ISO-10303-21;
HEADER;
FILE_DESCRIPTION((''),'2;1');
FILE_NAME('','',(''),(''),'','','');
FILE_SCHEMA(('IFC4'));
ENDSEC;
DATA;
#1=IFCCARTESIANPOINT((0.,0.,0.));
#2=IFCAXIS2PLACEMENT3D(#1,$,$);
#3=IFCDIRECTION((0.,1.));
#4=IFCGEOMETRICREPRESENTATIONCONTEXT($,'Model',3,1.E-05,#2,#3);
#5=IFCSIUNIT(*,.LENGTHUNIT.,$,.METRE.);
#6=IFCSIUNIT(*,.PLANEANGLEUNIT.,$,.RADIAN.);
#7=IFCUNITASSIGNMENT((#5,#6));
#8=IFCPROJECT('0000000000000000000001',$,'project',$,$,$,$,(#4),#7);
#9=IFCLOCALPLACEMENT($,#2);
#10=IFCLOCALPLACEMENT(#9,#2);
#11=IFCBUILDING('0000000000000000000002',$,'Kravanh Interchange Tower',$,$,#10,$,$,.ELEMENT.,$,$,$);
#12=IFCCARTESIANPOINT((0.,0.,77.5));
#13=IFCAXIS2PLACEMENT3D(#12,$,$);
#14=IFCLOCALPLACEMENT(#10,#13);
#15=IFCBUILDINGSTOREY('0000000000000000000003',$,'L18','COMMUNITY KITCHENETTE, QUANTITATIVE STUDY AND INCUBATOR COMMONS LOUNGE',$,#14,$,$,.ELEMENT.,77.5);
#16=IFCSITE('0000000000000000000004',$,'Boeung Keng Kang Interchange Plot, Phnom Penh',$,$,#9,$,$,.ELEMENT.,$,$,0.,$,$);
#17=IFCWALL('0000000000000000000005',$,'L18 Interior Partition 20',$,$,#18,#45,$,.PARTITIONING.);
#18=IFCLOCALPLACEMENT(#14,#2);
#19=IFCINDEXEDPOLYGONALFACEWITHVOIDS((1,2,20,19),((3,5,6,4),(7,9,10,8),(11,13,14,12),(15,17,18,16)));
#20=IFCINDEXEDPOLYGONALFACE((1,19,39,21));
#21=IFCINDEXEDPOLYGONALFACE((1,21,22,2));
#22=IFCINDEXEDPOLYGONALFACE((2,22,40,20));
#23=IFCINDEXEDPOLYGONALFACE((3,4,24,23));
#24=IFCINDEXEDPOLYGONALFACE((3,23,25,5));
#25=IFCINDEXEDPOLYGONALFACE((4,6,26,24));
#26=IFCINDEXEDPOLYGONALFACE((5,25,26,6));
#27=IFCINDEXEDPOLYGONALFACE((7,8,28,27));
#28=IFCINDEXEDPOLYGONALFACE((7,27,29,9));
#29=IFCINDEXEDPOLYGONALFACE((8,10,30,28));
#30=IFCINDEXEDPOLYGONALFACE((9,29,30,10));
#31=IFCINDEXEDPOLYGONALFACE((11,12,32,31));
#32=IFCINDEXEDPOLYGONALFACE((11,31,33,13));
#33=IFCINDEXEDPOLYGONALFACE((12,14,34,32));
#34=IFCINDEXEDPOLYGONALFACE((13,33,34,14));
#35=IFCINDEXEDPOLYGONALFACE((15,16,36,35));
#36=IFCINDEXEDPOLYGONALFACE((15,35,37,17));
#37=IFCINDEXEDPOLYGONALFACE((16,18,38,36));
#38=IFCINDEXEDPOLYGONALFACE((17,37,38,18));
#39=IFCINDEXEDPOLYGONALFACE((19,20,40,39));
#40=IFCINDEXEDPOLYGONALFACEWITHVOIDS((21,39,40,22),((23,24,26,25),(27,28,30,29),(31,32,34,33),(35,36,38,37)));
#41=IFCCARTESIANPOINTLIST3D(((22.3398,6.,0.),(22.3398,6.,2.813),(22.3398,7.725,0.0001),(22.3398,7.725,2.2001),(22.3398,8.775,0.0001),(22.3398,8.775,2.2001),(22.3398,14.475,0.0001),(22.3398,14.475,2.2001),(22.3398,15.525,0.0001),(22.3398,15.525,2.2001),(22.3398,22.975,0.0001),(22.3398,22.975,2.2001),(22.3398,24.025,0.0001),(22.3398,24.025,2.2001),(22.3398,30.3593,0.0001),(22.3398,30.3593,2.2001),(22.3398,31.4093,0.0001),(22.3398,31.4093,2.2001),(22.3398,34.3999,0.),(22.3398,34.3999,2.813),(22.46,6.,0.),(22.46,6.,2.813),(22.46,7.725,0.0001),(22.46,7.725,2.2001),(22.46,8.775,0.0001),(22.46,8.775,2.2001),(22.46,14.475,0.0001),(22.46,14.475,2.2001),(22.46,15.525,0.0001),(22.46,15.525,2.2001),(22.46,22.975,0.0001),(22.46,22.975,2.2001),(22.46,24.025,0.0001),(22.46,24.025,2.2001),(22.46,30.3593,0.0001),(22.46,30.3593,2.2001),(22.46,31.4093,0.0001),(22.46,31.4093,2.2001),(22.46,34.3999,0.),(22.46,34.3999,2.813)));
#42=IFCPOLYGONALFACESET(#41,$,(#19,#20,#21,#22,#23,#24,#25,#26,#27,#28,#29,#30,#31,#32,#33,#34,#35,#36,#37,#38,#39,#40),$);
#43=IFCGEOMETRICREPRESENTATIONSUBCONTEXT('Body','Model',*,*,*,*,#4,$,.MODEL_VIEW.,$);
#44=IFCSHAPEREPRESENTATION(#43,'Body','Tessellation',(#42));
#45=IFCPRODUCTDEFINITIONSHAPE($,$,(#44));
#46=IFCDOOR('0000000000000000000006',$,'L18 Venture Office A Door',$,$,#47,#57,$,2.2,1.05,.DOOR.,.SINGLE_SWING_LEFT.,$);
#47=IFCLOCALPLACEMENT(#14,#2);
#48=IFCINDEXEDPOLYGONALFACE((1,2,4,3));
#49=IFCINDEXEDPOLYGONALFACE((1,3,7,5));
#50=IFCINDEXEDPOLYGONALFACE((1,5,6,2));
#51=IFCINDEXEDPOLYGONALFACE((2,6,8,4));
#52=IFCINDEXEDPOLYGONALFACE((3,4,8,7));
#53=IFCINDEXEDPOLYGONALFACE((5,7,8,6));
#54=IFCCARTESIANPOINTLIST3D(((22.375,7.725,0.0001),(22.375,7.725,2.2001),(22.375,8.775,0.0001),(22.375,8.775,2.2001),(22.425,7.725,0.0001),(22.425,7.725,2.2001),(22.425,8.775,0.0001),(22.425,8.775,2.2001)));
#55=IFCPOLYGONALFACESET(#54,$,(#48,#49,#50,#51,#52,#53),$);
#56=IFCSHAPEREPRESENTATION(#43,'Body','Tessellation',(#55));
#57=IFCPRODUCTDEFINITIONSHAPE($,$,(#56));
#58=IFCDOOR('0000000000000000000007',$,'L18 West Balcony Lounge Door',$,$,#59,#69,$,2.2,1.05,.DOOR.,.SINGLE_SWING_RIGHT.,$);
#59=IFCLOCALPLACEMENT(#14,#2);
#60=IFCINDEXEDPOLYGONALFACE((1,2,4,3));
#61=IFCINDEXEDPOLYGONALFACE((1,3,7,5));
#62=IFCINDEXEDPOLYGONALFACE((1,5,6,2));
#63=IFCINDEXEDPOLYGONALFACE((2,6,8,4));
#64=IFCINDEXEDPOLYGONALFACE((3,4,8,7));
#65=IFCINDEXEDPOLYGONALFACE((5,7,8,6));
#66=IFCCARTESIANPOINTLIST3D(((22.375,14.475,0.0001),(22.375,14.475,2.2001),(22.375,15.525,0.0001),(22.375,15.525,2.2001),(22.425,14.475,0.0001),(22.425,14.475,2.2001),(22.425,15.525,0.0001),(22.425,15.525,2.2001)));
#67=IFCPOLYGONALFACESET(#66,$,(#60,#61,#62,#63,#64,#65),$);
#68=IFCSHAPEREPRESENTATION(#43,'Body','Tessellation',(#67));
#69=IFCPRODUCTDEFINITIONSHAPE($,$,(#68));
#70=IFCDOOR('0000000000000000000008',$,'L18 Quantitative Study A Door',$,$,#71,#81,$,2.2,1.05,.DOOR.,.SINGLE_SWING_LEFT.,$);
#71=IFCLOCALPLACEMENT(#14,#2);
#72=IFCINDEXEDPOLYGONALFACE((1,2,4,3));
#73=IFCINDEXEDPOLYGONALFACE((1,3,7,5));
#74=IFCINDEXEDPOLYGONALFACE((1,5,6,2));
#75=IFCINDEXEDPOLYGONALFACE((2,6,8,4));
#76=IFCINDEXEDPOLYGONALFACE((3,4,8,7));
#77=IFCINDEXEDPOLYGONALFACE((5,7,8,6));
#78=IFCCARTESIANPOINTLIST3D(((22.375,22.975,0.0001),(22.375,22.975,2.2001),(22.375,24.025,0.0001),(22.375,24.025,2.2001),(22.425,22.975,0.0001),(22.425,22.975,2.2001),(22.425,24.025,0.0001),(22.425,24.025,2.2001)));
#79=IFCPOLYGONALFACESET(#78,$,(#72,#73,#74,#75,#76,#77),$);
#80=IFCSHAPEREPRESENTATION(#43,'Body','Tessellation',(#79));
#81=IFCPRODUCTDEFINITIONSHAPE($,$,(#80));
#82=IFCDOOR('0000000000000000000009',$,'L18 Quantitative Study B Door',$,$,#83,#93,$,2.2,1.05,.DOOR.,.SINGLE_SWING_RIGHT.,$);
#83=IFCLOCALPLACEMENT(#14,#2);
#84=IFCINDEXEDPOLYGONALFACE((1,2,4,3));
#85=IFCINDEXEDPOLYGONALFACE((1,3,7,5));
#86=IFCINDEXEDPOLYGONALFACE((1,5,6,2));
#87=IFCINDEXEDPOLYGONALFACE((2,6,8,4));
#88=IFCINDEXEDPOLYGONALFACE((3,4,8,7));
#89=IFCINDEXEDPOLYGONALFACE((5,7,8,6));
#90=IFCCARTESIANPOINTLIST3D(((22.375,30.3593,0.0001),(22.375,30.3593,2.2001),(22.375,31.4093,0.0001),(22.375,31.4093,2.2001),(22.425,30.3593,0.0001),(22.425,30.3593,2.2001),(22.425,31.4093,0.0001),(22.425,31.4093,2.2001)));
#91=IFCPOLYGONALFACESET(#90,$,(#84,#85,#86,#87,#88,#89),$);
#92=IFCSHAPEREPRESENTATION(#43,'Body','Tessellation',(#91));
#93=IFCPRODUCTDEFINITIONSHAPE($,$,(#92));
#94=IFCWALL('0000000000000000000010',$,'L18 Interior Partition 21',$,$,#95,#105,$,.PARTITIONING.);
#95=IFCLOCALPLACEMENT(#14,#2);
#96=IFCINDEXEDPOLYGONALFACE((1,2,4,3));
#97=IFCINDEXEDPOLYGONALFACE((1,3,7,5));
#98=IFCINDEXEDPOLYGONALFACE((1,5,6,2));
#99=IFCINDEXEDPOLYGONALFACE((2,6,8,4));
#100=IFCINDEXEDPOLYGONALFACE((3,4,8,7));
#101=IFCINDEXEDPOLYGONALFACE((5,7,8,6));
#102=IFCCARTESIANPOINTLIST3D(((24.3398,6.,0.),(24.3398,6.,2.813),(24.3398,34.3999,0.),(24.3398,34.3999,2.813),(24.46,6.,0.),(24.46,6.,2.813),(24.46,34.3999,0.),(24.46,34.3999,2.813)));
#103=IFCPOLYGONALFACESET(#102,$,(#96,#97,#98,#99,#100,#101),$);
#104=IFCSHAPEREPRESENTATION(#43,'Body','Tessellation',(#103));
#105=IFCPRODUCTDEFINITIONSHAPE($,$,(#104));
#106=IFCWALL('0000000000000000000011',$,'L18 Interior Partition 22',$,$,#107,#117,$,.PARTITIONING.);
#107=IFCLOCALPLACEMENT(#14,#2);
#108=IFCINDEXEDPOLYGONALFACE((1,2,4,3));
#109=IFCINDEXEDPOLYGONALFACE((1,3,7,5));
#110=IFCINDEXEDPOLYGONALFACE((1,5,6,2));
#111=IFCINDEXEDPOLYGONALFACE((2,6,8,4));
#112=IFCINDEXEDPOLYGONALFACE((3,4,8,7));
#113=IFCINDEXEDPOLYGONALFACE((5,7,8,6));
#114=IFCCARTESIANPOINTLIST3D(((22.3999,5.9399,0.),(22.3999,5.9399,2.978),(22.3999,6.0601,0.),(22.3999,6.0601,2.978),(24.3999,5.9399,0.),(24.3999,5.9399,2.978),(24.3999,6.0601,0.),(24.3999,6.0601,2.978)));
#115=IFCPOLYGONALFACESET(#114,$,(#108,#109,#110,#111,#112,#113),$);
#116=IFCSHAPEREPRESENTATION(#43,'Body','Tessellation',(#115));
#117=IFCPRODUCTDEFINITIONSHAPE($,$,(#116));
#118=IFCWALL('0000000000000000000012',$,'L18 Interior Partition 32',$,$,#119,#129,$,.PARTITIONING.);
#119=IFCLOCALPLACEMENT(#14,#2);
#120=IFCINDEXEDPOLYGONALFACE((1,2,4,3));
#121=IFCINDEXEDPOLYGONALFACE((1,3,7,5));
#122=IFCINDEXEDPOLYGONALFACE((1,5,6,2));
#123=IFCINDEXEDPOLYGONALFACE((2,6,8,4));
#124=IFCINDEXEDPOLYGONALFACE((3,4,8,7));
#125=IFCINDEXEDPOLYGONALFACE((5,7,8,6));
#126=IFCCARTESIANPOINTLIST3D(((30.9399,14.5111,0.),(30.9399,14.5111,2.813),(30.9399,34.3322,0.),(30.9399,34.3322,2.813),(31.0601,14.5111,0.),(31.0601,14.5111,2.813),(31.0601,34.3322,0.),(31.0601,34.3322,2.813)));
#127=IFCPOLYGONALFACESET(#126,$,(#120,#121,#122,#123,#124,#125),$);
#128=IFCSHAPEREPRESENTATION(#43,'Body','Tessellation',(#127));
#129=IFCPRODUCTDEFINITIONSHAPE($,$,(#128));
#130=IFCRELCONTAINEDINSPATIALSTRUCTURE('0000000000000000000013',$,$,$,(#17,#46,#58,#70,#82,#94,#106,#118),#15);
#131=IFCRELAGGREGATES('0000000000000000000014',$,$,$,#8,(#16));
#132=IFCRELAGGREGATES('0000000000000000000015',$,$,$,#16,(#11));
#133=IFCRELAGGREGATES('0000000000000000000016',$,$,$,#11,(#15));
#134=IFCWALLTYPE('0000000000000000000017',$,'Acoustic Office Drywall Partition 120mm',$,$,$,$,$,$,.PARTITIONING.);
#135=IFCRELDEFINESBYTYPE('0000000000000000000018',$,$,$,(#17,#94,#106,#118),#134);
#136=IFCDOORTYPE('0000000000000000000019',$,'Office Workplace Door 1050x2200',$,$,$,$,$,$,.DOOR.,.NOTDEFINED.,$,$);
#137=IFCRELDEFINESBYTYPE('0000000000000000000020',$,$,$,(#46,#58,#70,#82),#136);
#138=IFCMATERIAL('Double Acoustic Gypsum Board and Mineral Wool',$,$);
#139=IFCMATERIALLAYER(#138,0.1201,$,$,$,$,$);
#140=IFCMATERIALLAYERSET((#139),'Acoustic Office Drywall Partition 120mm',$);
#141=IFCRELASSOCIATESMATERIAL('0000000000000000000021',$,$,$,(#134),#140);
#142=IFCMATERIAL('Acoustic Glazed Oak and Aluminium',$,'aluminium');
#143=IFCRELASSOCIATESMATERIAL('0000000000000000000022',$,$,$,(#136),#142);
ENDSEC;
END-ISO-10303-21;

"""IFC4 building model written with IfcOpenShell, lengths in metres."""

from ifc_helpers import new_model, si_unit, direction, frame, frame_2d, origin, place, context, subcontext, project, spatial, rectangle, extrude, material, layer, layer_set, type_object, element, fill, save


model = new_model("IFC4")

# Units and contexts
model_context = context("Model", 3, precision=1e-05, world=origin(), true_north=direction((0.0, 1.0)))
body_context = subcontext(model_context, "Body", "Model", "MODEL_VIEW")
ifc_project = project(units=[si_unit("LENGTHUNIT", "METRE"), si_unit("PLANEANGLEUNIT", "RADIAN")], contexts=[model_context])

# Site, building, storey
site_placement = place(None, origin())
site = spatial("IfcSite", under=ifc_project, at=site_placement, Name="Boeung Keng Kang Interchange Plot, Phnom Penh", CompositionType="ELEMENT", RefElevation=0.0)
building_placement = place(site_placement, origin())
building = spatial("IfcBuilding", under=site, at=building_placement, Name="Kravanh Interchange Tower", CompositionType="ELEMENT")
storey_placement = place(building_placement, frame((0.0, 0.0, 77.5)))
storey = spatial("IfcBuildingStorey", under=building, at=storey_placement, Name="L18", Description="COMMUNITY KITCHENETTE, QUANTITATIVE STUDY AND INCUBATOR COMMONS LOUNGE", CompositionType="ELEMENT", Elevation=77.5)

# Wall, openings, doors
ifc_material_1 = material(Name="Double Acoustic Gypsum Board and Mineral Wool")
ifc_layer_1 = layer(ifc_material_1, 0.1201)
ifc_layer_set_1 = layer_set([ifc_layer_1], Name="Acoustic Office Drywall Partition 120mm")
wall_type = type_object("IfcWallType", Name="Acoustic Office Drywall Partition 120mm", PredefinedType="PARTITIONING", material=ifc_layer_set_1)
wall_1_placement = place(storey_placement, frame((22.3999, 6.0, 0.0), z_axis=(0.0, 0.0, 1.0), x_axis=(0.0, 1.0, 0.0)))
wall_1 = element("IfcWall", 1, at=wall_1_placement, inside=storey, type_object=wall_type, Name="L18 Interior Partition 20", PredefinedType="PARTITIONING", context=body_context, shape_type="SweptSolid", body=[
    extrude(rectangle(XDim=28.3999, YDim=0.1201, at=frame_2d((14.2, 0.0))), origin(), (0.0, 0.0, 1.0), 2.813),
])
opening_1_placement = place(wall_1_placement, frame((1.7251, 0.0, 0.0)))
opening_1 = element("IfcOpeningElement", 2, at=opening_1_placement, cuts=wall_1, PredefinedType="OPENING", context=body_context, shape_type="SweptSolid", body=[
    extrude(rectangle(XDim=1.05, YDim=2.2, at=frame_2d((0.5249, 1.1001))), frame((0.0, 0.0701, 0.0), z_axis=(0.0, -1.0, 0.0), x_axis=(1.0, 0.0, 0.0)), (0.0, 0.0, 1.0), 0.1401),
])
opening_2_placement = place(wall_1_placement, frame((8.4751, 0.0, 0.0)))
opening_2 = element("IfcOpeningElement", 3, at=opening_2_placement, cuts=wall_1, PredefinedType="OPENING", context=body_context, shape_type="SweptSolid", body=[
    extrude(rectangle(XDim=1.05, YDim=2.2, at=frame_2d((0.5249, 1.1001))), frame((0.0, 0.0701, 0.0), z_axis=(0.0, -1.0, 0.0), x_axis=(1.0, 0.0, 0.0)), (0.0, 0.0, 1.0), 0.1401),
])
opening_3_placement = place(wall_1_placement, frame((16.9751, 0.0, 0.0)))
opening_3 = element("IfcOpeningElement", 4, at=opening_3_placement, cuts=wall_1, PredefinedType="OPENING", context=body_context, shape_type="SweptSolid", body=[
    extrude(rectangle(XDim=1.05, YDim=2.2, at=frame_2d((0.5249, 1.1001))), frame((0.0, 0.0701, 0.0), z_axis=(0.0, -1.0, 0.0), x_axis=(1.0, 0.0, 0.0)), (0.0, 0.0, 1.0), 0.1401),
])
opening_4_placement = place(wall_1_placement, frame((24.3594, 0.0, 0.0)))
opening_4 = element("IfcOpeningElement", 5, at=opening_4_placement, cuts=wall_1, PredefinedType="OPENING", context=body_context, shape_type="SweptSolid", body=[
    extrude(rectangle(XDim=1.05, YDim=2.2, at=frame_2d((0.5249, 1.1001))), frame((0.0, 0.0701, 0.0), z_axis=(0.0, -1.0, 0.0), x_axis=(1.0, 0.0, 0.0)), (0.0, 0.0, 1.0), 0.1401),
])
ifc_material_2 = material(Name="Acoustic Glazed Oak and Aluminium", Category="aluminium")
door_type = type_object("IfcDoorType", Name="Office Workplace Door 1050x2200", OperationType="NOTDEFINED", PredefinedType="DOOR", material=ifc_material_2)
door_1_placement = place(opening_1_placement, origin())
door_1 = element("IfcDoor", 6, at=door_1_placement, inside=storey, type_object=door_type, Name="L18 Venture Office A Door", OperationType="SINGLE_SWING_LEFT", OverallHeight=2.2, OverallWidth=1.05, PredefinedType="DOOR", context=body_context, shape_type="SweptSolid", body=[
    extrude(rectangle(XDim=1.05, YDim=2.2, at=frame_2d((0.5249, 1.1001))), frame((0.0, 0.0249, 0.0), z_axis=(0.0, -1.0, 0.0), x_axis=(1.0, 0.0, 0.0)), (0.0, 0.0, 1.0), 0.05),
])
fill(opening_1, door_1)
door_2_placement = place(opening_2_placement, origin())
door_2 = element("IfcDoor", 7, at=door_2_placement, inside=storey, type_object=door_type, Name="L18 West Balcony Lounge Door", OperationType="SINGLE_SWING_RIGHT", OverallHeight=2.2, OverallWidth=1.05, PredefinedType="DOOR", context=body_context, shape_type="SweptSolid", body=[
    extrude(rectangle(XDim=1.05, YDim=2.2, at=frame_2d((0.5249, 1.1001))), frame((0.0, 0.0249, 0.0), z_axis=(0.0, -1.0, 0.0), x_axis=(1.0, 0.0, 0.0)), (0.0, 0.0, 1.0), 0.05),
])
fill(opening_2, door_2)
door_3_placement = place(opening_3_placement, origin())
door_3 = element("IfcDoor", 8, at=door_3_placement, inside=storey, type_object=door_type, Name="L18 Quantitative Study A Door", OperationType="SINGLE_SWING_LEFT", OverallHeight=2.2, OverallWidth=1.05, PredefinedType="DOOR", context=body_context, shape_type="SweptSolid", body=[
    extrude(rectangle(XDim=1.05, YDim=2.2, at=frame_2d((0.5249, 1.1001))), frame((0.0, 0.0249, 0.0), z_axis=(0.0, -1.0, 0.0), x_axis=(1.0, 0.0, 0.0)), (0.0, 0.0, 1.0), 0.05),
])
fill(opening_3, door_3)
door_4_placement = place(opening_4_placement, origin())
door_4 = element("IfcDoor", 9, at=door_4_placement, inside=storey, type_object=door_type, Name="L18 Quantitative Study B Door", OperationType="SINGLE_SWING_RIGHT", OverallHeight=2.2, OverallWidth=1.05, PredefinedType="DOOR", context=body_context, shape_type="SweptSolid", body=[
    extrude(rectangle(XDim=1.05, YDim=2.2, at=frame_2d((0.5249, 1.1001))), frame((0.0, 0.0249, 0.0), z_axis=(0.0, -1.0, 0.0), x_axis=(1.0, 0.0, 0.0)), (0.0, 0.0, 1.0), 0.05),
])
fill(opening_4, door_4)

# Walls
wall_2_placement = place(storey_placement, frame((24.3999, 6.0, 0.0), z_axis=(0.0, 0.0, 1.0), x_axis=(0.0, 1.0, 0.0)))
element("IfcWall", 10, at=wall_2_placement, inside=storey, type_object=wall_type, Name="L18 Interior Partition 21", PredefinedType="PARTITIONING", context=body_context, shape_type="SweptSolid", body=[
    extrude(rectangle(XDim=28.3999, YDim=0.1201, at=frame_2d((14.2, 0.0))), origin(), (0.0, 0.0, 1.0), 2.813),
])
wall_3_placement = place(storey_placement, frame((22.3999, 6.0, 0.0), z_axis=(0.0, 0.0, 1.0), x_axis=(1.0, 0.0, 0.0)))
element("IfcWall", 11, at=wall_3_placement, inside=storey, type_object=wall_type, Name="L18 Interior Partition 22", PredefinedType="PARTITIONING", context=body_context, shape_type="SweptSolid", body=[
    extrude(rectangle(XDim=2.0, YDim=0.1201, at=frame_2d((1.0, 0.0))), origin(), (0.0, 0.0, 1.0), 2.978),
])
wall_4_placement = place(storey_placement, frame((31.0, 14.511, 0.0), z_axis=(0.0, 0.0, 1.0), x_axis=(0.0, 1.0, 0.0)))
element("IfcWall", 12, at=wall_4_placement, inside=storey, type_object=wall_type, Name="L18 Interior Partition 32", PredefinedType="PARTITIONING", context=body_context, shape_type="SweptSolid", body=[
    extrude(rectangle(XDim=19.821, YDim=0.1201, at=frame_2d((9.9106, 0.0))), origin(), (0.0, 0.0, 1.0), 2.813),
])

save(model, "model.ifc")
